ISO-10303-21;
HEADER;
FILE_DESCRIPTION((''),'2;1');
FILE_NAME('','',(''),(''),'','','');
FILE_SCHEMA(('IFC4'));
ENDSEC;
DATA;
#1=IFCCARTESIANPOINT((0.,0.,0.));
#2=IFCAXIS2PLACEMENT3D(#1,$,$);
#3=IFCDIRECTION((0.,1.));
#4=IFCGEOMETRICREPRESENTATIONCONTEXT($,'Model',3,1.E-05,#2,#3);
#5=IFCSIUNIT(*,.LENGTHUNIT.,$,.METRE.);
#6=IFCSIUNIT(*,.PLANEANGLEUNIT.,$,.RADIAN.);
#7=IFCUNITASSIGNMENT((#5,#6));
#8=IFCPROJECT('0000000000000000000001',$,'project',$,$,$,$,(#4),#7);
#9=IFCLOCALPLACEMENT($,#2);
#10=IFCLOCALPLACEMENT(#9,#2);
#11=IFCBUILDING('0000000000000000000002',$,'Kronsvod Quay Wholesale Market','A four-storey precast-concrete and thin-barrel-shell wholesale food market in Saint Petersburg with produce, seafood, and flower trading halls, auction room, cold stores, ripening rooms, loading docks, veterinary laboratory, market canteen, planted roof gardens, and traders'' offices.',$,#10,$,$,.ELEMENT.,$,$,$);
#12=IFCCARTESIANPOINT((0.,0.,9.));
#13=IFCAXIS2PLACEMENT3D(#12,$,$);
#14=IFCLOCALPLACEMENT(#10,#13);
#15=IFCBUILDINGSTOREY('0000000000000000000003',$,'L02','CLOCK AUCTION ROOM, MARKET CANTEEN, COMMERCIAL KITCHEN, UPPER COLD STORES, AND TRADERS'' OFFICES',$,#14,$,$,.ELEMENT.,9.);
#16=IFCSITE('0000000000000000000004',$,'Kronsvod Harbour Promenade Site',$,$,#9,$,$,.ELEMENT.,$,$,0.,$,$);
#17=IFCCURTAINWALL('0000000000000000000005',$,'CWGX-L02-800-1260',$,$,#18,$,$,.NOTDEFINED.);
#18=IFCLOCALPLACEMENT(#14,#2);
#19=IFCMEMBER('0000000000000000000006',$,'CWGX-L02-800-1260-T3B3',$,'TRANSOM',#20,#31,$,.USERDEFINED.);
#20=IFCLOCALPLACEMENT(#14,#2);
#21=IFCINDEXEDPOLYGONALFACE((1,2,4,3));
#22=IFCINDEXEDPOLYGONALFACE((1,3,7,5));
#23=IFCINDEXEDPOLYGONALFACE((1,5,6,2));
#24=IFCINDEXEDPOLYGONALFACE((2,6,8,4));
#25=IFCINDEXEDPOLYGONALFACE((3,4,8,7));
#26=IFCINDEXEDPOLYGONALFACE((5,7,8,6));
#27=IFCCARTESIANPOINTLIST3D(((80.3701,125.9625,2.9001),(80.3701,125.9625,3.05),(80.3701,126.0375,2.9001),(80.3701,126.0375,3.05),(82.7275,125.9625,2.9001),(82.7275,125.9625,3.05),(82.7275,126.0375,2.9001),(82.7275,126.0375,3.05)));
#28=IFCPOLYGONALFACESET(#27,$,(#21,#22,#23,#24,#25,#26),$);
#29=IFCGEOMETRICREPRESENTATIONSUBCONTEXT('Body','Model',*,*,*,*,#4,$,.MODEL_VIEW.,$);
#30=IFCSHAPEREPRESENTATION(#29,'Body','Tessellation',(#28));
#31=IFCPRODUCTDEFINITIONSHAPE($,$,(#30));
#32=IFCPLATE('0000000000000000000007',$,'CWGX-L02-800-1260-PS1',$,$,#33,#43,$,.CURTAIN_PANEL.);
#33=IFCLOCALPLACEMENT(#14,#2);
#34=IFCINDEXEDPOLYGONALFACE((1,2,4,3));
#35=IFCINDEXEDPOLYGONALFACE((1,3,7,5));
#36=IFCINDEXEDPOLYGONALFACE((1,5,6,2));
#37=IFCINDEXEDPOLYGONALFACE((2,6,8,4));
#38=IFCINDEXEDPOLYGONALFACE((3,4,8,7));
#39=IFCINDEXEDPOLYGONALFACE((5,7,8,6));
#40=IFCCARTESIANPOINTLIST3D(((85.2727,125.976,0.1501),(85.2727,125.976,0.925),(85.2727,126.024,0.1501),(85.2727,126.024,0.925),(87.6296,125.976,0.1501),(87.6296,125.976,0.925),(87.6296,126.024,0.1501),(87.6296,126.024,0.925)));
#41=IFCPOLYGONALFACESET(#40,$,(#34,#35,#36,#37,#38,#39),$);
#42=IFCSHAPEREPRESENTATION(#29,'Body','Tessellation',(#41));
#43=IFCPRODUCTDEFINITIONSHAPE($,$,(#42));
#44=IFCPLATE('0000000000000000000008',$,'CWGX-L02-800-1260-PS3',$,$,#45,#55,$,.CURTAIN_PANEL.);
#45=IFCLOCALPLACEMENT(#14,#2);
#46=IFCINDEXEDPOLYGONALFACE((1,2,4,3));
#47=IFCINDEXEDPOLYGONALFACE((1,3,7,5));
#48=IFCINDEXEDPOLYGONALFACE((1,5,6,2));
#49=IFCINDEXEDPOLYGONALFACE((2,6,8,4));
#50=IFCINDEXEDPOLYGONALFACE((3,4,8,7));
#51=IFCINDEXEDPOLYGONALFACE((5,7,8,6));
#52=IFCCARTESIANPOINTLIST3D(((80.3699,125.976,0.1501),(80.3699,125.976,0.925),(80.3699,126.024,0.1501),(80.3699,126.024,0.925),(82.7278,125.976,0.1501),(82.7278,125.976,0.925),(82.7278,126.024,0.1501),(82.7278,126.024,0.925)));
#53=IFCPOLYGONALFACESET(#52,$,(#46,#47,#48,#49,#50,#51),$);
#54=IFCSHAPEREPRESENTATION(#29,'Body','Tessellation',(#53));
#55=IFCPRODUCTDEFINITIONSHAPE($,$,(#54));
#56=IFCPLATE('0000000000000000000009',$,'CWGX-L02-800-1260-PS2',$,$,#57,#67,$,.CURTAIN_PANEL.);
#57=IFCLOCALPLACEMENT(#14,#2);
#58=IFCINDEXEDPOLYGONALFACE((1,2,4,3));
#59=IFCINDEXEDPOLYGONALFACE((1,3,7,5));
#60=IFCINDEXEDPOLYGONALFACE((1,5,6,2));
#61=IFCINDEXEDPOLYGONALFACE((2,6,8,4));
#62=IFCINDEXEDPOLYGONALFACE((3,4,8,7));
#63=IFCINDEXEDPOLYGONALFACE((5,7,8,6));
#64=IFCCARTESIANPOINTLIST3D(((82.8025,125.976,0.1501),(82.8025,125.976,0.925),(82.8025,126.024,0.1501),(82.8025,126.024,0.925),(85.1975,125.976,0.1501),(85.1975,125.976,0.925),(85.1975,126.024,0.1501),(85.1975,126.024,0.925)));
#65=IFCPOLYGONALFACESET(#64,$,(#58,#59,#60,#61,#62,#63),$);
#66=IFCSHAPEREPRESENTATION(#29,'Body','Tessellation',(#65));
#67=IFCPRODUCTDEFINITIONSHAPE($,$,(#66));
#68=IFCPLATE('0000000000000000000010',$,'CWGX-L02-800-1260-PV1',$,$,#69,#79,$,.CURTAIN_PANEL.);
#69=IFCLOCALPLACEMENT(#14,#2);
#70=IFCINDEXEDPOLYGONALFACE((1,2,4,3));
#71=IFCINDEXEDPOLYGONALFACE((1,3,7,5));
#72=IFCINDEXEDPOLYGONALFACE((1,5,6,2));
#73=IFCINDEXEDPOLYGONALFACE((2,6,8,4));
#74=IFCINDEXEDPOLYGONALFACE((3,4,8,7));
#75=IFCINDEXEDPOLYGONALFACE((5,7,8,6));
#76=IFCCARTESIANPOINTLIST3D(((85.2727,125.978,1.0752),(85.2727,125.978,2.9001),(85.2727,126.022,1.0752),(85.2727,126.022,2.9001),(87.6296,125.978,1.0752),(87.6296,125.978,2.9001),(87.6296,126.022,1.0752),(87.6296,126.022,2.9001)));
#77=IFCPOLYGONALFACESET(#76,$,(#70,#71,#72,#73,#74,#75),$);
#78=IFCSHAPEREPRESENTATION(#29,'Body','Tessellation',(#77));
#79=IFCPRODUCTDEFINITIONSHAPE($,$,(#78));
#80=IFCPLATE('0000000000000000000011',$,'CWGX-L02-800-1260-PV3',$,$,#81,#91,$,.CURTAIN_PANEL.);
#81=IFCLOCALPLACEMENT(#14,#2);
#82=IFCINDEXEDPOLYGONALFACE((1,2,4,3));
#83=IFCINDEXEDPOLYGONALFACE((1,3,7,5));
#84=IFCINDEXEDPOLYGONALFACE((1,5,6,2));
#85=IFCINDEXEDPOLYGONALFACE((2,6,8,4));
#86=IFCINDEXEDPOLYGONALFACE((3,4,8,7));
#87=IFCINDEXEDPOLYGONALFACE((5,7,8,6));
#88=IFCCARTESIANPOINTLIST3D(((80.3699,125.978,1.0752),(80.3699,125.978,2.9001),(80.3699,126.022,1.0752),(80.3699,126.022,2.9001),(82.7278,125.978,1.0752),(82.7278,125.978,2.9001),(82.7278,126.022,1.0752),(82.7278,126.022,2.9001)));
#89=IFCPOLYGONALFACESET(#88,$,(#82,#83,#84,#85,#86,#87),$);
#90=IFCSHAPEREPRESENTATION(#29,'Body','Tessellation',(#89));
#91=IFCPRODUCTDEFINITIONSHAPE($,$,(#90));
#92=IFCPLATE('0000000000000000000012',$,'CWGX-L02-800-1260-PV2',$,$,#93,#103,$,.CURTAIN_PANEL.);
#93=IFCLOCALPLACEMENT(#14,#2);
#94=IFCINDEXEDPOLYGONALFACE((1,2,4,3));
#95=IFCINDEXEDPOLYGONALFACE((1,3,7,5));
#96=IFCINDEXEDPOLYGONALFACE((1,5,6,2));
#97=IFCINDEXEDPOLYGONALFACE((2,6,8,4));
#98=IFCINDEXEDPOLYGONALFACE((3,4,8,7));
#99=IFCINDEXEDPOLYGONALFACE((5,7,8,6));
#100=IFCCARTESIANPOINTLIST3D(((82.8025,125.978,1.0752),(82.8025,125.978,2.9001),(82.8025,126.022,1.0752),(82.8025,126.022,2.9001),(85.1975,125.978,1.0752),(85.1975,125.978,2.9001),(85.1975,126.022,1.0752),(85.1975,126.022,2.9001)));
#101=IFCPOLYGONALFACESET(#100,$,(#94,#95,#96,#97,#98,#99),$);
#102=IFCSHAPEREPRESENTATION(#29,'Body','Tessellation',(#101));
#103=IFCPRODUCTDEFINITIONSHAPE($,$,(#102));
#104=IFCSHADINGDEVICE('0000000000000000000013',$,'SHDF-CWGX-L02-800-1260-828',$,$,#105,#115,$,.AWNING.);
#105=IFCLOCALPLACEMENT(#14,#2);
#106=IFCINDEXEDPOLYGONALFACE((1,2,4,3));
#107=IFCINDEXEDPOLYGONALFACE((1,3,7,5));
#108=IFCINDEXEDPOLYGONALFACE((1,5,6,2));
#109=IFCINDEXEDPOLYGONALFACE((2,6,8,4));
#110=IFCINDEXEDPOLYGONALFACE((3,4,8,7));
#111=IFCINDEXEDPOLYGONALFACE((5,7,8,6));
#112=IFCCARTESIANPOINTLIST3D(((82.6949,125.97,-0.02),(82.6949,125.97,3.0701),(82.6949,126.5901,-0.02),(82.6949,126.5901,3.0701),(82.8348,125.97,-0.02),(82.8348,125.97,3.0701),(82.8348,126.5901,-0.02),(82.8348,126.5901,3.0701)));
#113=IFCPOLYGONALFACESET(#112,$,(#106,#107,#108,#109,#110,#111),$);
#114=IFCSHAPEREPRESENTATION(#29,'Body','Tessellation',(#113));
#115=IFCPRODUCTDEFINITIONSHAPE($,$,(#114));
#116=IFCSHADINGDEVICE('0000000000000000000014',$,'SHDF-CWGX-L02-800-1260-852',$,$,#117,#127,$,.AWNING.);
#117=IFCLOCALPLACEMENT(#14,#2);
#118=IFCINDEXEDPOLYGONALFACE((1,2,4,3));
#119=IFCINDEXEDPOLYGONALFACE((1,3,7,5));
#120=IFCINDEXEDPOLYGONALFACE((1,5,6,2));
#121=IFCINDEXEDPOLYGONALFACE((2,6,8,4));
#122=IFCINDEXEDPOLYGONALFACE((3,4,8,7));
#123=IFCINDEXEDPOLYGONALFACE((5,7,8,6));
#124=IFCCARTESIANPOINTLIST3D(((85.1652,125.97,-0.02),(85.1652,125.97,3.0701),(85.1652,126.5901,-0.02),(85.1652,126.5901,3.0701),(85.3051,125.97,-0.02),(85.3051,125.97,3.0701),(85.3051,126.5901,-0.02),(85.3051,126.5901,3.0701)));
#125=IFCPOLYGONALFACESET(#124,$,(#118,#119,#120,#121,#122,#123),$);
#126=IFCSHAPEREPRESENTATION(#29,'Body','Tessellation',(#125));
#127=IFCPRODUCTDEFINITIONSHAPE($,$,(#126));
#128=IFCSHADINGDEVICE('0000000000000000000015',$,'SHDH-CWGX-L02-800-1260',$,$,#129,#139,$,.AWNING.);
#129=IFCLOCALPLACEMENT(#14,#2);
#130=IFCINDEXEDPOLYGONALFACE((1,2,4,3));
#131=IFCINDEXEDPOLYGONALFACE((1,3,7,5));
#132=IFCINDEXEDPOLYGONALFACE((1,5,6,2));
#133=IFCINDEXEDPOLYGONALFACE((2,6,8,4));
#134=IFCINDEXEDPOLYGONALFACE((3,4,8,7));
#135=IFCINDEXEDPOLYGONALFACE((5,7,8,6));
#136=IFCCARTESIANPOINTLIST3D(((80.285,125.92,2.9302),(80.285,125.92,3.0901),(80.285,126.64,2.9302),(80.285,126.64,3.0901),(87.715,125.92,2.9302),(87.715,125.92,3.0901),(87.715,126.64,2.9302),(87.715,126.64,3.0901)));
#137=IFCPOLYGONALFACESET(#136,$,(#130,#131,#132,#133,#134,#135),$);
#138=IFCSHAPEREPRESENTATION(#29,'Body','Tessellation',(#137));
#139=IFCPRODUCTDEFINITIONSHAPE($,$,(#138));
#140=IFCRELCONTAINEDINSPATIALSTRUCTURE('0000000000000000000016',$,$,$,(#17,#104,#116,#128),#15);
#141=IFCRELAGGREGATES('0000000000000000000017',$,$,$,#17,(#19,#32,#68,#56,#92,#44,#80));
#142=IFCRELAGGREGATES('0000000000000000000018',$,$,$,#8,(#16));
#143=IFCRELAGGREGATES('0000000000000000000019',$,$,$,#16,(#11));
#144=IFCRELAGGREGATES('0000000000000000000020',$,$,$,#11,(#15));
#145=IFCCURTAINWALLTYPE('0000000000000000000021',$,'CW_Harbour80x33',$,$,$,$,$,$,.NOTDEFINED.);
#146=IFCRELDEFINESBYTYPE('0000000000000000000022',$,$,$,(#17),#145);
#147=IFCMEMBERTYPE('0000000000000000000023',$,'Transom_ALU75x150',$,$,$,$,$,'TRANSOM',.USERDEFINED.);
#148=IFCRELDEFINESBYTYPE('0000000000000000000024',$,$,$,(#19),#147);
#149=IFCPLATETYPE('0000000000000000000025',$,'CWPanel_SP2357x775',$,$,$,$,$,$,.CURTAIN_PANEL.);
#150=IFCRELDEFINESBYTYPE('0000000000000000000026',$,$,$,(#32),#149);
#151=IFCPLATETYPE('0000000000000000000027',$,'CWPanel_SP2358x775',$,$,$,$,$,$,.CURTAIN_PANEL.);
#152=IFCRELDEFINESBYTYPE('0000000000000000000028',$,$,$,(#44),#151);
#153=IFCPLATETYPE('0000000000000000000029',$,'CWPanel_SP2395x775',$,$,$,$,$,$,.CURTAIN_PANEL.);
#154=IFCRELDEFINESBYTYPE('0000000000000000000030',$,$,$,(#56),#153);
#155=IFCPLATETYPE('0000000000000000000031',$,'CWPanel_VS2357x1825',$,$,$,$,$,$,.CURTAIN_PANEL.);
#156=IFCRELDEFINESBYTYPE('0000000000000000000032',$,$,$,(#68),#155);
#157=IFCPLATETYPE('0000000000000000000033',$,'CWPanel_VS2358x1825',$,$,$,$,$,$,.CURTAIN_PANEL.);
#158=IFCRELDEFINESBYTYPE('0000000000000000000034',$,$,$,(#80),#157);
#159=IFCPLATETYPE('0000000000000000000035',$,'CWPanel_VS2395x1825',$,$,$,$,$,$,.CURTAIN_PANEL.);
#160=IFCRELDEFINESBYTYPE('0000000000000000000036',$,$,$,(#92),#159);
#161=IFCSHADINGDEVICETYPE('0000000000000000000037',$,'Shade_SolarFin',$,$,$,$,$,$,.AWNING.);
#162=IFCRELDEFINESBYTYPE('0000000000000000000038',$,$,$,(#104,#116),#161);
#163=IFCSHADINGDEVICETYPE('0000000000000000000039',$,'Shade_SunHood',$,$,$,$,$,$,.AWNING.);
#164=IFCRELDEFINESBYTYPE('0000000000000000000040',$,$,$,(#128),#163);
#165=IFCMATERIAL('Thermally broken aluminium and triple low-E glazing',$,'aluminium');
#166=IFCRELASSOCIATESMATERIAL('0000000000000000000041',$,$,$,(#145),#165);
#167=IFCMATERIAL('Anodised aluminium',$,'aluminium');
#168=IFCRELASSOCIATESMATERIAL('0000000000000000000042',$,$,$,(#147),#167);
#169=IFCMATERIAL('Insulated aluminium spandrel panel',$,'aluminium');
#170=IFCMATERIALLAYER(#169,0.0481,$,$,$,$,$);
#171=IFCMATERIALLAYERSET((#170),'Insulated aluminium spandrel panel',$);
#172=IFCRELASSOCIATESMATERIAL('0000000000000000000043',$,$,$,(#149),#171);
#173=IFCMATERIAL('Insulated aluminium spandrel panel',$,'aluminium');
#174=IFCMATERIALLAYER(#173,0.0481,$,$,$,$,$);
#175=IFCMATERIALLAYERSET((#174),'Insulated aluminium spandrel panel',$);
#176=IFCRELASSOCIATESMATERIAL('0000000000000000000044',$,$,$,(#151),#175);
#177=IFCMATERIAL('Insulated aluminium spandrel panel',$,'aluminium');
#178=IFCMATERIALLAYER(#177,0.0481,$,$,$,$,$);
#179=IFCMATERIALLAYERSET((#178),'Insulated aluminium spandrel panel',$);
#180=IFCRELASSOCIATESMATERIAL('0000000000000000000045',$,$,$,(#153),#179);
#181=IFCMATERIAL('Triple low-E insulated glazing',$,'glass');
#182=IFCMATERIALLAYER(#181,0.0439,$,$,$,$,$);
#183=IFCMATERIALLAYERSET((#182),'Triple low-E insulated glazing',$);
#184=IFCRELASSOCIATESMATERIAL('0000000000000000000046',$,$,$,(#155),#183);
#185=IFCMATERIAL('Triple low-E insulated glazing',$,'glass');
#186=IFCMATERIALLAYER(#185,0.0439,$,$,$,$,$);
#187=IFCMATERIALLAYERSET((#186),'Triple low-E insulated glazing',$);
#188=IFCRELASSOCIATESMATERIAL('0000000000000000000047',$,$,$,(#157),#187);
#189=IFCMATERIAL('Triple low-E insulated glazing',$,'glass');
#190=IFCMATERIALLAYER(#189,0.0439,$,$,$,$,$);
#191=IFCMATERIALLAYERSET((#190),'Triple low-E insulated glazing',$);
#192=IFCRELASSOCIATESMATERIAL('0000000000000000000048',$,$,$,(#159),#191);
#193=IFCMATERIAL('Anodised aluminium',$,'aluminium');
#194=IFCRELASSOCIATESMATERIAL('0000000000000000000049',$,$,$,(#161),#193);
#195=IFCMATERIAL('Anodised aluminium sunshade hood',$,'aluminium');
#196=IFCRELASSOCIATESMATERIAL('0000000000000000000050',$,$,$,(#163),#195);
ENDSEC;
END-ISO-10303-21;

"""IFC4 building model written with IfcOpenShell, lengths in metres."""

from ifc_helpers import new_model, si_unit, direction, frame, origin, origin_2d, place, context, subcontext, project, spatial, rectangle, extrude, material, layer, layer_set, material_profile, profile_set, type_object, element, aggregate, save


model = new_model("IFC4")

# Units and contexts
model_context = context("Model", 3, precision=1e-05, world=origin(), true_north=direction((0.0, 1.0)))
body_context = subcontext(model_context, "Body", "Model", "MODEL_VIEW")
ifc_project = project(units=[si_unit("LENGTHUNIT", "METRE"), si_unit("PLANEANGLEUNIT", "RADIAN")], contexts=[model_context])

# Site, building, storey
site_placement = place(None, origin())
site = spatial("IfcSite", under=ifc_project, at=site_placement, Name="Kronsvod Harbour Promenade Site", CompositionType="ELEMENT", RefElevation=0.0)
building_placement = place(site_placement, origin())
building = spatial("IfcBuilding", under=site, at=building_placement, Name="Kronsvod Quay Wholesale Market", Description="A four-storey precast-concrete and thin-barrel-shell wholesale food market in Saint Petersburg with produce, seafood, and flower trading halls, auction room, cold stores, ripening rooms, loading docks, veterinary laboratory, market canteen, planted roof gardens, and traders' offices.", CompositionType="ELEMENT")
storey_placement = place(building_placement, frame((0.0, 0.0, 9.0)))
storey = spatial("IfcBuildingStorey", under=building, at=storey_placement, Name="L02", Description="CLOCK AUCTION ROOM, MARKET CANTEEN, COMMERCIAL KITCHEN, UPPER COLD STORES, AND TRADERS' OFFICES", CompositionType="ELEMENT", Elevation=9.0)

# Curtain wall
ifc_material_1 = material(Name="Thermally broken aluminium and triple low-E glazing", Category="aluminium")
curtain_wall_type = type_object("IfcCurtainWallType", Name="CW_Harbour80x33", PredefinedType="NOTDEFINED", material=ifc_material_1)
curtain_wall_placement = place(storey_placement, origin())
curtain_wall = element("IfcCurtainWall", 1, at=curtain_wall_placement, inside=storey, type_object=curtain_wall_type, Name="CWGX-L02-800-1260", PredefinedType="NOTDEFINED")

# Member
ifc_material_2 = material(Name="Anodised aluminium", Category="aluminium")
ifc_material_profile_1 = material_profile(ifc_material_2, rectangle(XDim=0.075, YDim=0.1499, at=origin_2d()), Name="ALUT75x150")
ifc_profile_set_1 = profile_set([ifc_material_profile_1], Name="Anodised aluminium")
member_type_1 = type_object("IfcMemberType", Name="Transom_ALU75x150", ElementType="TRANSOM", PredefinedType="USERDEFINED", material=ifc_profile_set_1)
member_1_placement = place(storey_placement, frame((82.7275, 126.0, 2.9751), z_axis=(-1.0, 0.0, 0.0), x_axis=(0.0, -1.0, 0.0)))
member_1 = element("IfcMember", 2, at=member_1_placement, type_object=member_type_1, Name="CWGX-L02-800-1260-T3B3", ObjectType="TRANSOM", PredefinedType="USERDEFINED", context=body_context, shape_type="SweptSolid", body=[
    extrude(rectangle(XDim=0.075, YDim=0.1499, at=origin_2d()), origin(), (0.0, 0.0, 1.0), 2.3574),
])

# Plates
ifc_material_3 = material(Name="Insulated aluminium spandrel panel", Category="aluminium")
ifc_layer_1 = layer(ifc_material_3, 0.0481)
ifc_layer_set_1 = layer_set([ifc_layer_1], Name="Insulated aluminium spandrel panel")
plate_type_1 = type_object("IfcPlateType", Name="CWPanel_SP2357x775", PredefinedType="CURTAIN_PANEL", material=ifc_layer_set_1)
plate_1_placement = place(storey_placement, frame((86.4512, 126.0, 0.1501), z_axis=(0.0, 0.0, 1.0), x_axis=(-1.0, 0.0, 0.0)))
plate_1 = element("IfcPlate", 3, at=plate_1_placement, type_object=plate_type_1, Name="CWGX-L02-800-1260-PS1", PredefinedType="CURTAIN_PANEL", context=body_context, shape_type="SweptSolid", body=[
    extrude(rectangle(XDim=2.3569, YDim=0.0481, at=origin_2d()), origin(), (0.0, 0.0, 1.0), 0.7749),
])
ifc_material_4 = material(Name="Insulated aluminium spandrel panel", Category="aluminium")
ifc_layer_2 = layer(ifc_material_4, 0.0481)
ifc_layer_set_2 = layer_set([ifc_layer_2], Name="Insulated aluminium spandrel panel")
plate_type_2 = type_object("IfcPlateType", Name="CWPanel_SP2358x775", PredefinedType="CURTAIN_PANEL", material=ifc_layer_set_2)
plate_2_placement = place(storey_placement, frame((81.5488, 126.0, 0.1501), z_axis=(0.0, 0.0, 1.0), x_axis=(-1.0, 0.0, 0.0)))
plate_2 = element("IfcPlate", 4, at=plate_2_placement, type_object=plate_type_2, Name="CWGX-L02-800-1260-PS3", PredefinedType="CURTAIN_PANEL", context=body_context, shape_type="SweptSolid", body=[
    extrude(rectangle(XDim=2.3579, YDim=0.0481, at=origin_2d()), origin(), (0.0, 0.0, 1.0), 0.7749),
])
ifc_material_5 = material(Name="Insulated aluminium spandrel panel", Category="aluminium")
ifc_layer_3 = layer(ifc_material_5, 0.0481)
ifc_layer_set_3 = layer_set([ifc_layer_3], Name="Insulated aluminium spandrel panel")
plate_type_3 = type_object("IfcPlateType", Name="CWPanel_SP2395x775", PredefinedType="CURTAIN_PANEL", material=ifc_layer_set_3)
plate_3_placement = place(storey_placement, frame((84.0, 126.0, 0.1501), z_axis=(0.0, 0.0, 1.0), x_axis=(-1.0, 0.0, 0.0)))
plate_3 = element("IfcPlate", 5, at=plate_3_placement, type_object=plate_type_3, Name="CWGX-L02-800-1260-PS2", PredefinedType="CURTAIN_PANEL", context=body_context, shape_type="SweptSolid", body=[
    extrude(rectangle(XDim=2.395, YDim=0.0481, at=origin_2d()), origin(), (0.0, 0.0, 1.0), 0.7749),
])
ifc_material_6 = material(Name="Triple low-E insulated glazing", Category="glass")
ifc_layer_4 = layer(ifc_material_6, 0.0439)
ifc_layer_set_4 = layer_set([ifc_layer_4], Name="Triple low-E insulated glazing")
plate_type_4 = type_object("IfcPlateType", Name="CWPanel_VS2357x1825", PredefinedType="CURTAIN_PANEL", material=ifc_layer_set_4)
plate_4_placement = place(storey_placement, frame((86.4512, 126.0, 1.0752), z_axis=(0.0, 0.0, 1.0), x_axis=(-1.0, 0.0, 0.0)))
plate_4 = element("IfcPlate", 6, at=plate_4_placement, type_object=plate_type_4, Name="CWGX-L02-800-1260-PV1", PredefinedType="CURTAIN_PANEL", context=body_context, shape_type="SweptSolid", body=[
    extrude(rectangle(XDim=2.3569, YDim=0.0439, at=origin_2d()), origin(), (0.0, 0.0, 1.0), 1.825),
])
ifc_material_7 = material(Name="Triple low-E insulated glazing", Category="glass")
ifc_layer_5 = layer(ifc_material_7, 0.0439)
ifc_layer_set_5 = layer_set([ifc_layer_5], Name="Triple low-E insulated glazing")
plate_type_5 = type_object("IfcPlateType", Name="CWPanel_VS2358x1825", PredefinedType="CURTAIN_PANEL", material=ifc_layer_set_5)
plate_5_placement = place(storey_placement, frame((81.5488, 126.0, 1.0752), z_axis=(0.0, 0.0, 1.0), x_axis=(-1.0, 0.0, 0.0)))
plate_5 = element("IfcPlate", 7, at=plate_5_placement, type_object=plate_type_5, Name="CWGX-L02-800-1260-PV3", PredefinedType="CURTAIN_PANEL", context=body_context, shape_type="SweptSolid", body=[
    extrude(rectangle(XDim=2.3579, YDim=0.0439, at=origin_2d()), origin(), (0.0, 0.0, 1.0), 1.825),
])
ifc_material_8 = material(Name="Triple low-E insulated glazing", Category="glass")
ifc_layer_6 = layer(ifc_material_8, 0.0439)
ifc_layer_set_6 = layer_set([ifc_layer_6], Name="Triple low-E insulated glazing")
plate_type_6 = type_object("IfcPlateType", Name="CWPanel_VS2395x1825", PredefinedType="CURTAIN_PANEL", material=ifc_layer_set_6)
plate_6_placement = place(storey_placement, frame((84.0, 126.0, 1.0752), z_axis=(0.0, 0.0, 1.0), x_axis=(-1.0, 0.0, 0.0)))
plate_6 = element("IfcPlate", 8, at=plate_6_placement, type_object=plate_type_6, Name="CWGX-L02-800-1260-PV2", PredefinedType="CURTAIN_PANEL", context=body_context, shape_type="SweptSolid", body=[
    extrude(rectangle(XDim=2.395, YDim=0.0439, at=origin_2d()), origin(), (0.0, 0.0, 1.0), 1.825),
])
aggregate(curtain_wall, [member_1, plate_1, plate_4, plate_3, plate_6, plate_2, plate_5])

# Shading devices
ifc_material_9 = material(Name="Anodised aluminium", Category="aluminium")
shading_device_type_1 = type_object("IfcShadingDeviceType", Name="Shade_SolarFin", PredefinedType="AWNING", material=ifc_material_9)
for number, where, z_axis, x_axis, name in (
    (9, (82.7649, 126.28, -0.02), (0.0, 0.0, 1.0), (1.0, 0.0, 0.0), "SHDF-CWGX-L02-800-1260-828"),
    (10, (85.2351, 126.28, -0.02), (0.0, 0.0, 1.0), (1.0, 0.0, 0.0), "SHDF-CWGX-L02-800-1260-852"),
):
    element("IfcShadingDevice", number, at=place(storey_placement, frame(where, z_axis=z_axis, x_axis=x_axis)), inside=storey, type_object=shading_device_type_1, Name=name, PredefinedType="AWNING", context=body_context, shape_type="SweptSolid", body=[
        extrude(rectangle(XDim=0.1399, YDim=0.6201, at=origin_2d()), origin(), (0.0, 0.0, 1.0), 3.0901),
    ])
ifc_material_10 = material(Name="Anodised aluminium sunshade hood", Category="aluminium")
shading_device_type_2 = type_object("IfcShadingDeviceType", Name="Shade_SunHood", PredefinedType="AWNING", material=ifc_material_10)
shading_device_placement = place(storey_placement, frame((84.0, 126.28, 2.9302), z_axis=(0.0, 0.0, 1.0), x_axis=(1.0, 0.0, 0.0)))
element("IfcShadingDevice", 11, at=shading_device_placement, inside=storey, type_object=shading_device_type_2, Name="SHDH-CWGX-L02-800-1260", PredefinedType="AWNING", context=body_context, shape_type="SweptSolid", body=[
    extrude(rectangle(XDim=7.4299, YDim=0.72, at=origin_2d()), origin(), (0.0, 0.0, 1.0), 0.1599),
])

save(model, "model.ifc")
